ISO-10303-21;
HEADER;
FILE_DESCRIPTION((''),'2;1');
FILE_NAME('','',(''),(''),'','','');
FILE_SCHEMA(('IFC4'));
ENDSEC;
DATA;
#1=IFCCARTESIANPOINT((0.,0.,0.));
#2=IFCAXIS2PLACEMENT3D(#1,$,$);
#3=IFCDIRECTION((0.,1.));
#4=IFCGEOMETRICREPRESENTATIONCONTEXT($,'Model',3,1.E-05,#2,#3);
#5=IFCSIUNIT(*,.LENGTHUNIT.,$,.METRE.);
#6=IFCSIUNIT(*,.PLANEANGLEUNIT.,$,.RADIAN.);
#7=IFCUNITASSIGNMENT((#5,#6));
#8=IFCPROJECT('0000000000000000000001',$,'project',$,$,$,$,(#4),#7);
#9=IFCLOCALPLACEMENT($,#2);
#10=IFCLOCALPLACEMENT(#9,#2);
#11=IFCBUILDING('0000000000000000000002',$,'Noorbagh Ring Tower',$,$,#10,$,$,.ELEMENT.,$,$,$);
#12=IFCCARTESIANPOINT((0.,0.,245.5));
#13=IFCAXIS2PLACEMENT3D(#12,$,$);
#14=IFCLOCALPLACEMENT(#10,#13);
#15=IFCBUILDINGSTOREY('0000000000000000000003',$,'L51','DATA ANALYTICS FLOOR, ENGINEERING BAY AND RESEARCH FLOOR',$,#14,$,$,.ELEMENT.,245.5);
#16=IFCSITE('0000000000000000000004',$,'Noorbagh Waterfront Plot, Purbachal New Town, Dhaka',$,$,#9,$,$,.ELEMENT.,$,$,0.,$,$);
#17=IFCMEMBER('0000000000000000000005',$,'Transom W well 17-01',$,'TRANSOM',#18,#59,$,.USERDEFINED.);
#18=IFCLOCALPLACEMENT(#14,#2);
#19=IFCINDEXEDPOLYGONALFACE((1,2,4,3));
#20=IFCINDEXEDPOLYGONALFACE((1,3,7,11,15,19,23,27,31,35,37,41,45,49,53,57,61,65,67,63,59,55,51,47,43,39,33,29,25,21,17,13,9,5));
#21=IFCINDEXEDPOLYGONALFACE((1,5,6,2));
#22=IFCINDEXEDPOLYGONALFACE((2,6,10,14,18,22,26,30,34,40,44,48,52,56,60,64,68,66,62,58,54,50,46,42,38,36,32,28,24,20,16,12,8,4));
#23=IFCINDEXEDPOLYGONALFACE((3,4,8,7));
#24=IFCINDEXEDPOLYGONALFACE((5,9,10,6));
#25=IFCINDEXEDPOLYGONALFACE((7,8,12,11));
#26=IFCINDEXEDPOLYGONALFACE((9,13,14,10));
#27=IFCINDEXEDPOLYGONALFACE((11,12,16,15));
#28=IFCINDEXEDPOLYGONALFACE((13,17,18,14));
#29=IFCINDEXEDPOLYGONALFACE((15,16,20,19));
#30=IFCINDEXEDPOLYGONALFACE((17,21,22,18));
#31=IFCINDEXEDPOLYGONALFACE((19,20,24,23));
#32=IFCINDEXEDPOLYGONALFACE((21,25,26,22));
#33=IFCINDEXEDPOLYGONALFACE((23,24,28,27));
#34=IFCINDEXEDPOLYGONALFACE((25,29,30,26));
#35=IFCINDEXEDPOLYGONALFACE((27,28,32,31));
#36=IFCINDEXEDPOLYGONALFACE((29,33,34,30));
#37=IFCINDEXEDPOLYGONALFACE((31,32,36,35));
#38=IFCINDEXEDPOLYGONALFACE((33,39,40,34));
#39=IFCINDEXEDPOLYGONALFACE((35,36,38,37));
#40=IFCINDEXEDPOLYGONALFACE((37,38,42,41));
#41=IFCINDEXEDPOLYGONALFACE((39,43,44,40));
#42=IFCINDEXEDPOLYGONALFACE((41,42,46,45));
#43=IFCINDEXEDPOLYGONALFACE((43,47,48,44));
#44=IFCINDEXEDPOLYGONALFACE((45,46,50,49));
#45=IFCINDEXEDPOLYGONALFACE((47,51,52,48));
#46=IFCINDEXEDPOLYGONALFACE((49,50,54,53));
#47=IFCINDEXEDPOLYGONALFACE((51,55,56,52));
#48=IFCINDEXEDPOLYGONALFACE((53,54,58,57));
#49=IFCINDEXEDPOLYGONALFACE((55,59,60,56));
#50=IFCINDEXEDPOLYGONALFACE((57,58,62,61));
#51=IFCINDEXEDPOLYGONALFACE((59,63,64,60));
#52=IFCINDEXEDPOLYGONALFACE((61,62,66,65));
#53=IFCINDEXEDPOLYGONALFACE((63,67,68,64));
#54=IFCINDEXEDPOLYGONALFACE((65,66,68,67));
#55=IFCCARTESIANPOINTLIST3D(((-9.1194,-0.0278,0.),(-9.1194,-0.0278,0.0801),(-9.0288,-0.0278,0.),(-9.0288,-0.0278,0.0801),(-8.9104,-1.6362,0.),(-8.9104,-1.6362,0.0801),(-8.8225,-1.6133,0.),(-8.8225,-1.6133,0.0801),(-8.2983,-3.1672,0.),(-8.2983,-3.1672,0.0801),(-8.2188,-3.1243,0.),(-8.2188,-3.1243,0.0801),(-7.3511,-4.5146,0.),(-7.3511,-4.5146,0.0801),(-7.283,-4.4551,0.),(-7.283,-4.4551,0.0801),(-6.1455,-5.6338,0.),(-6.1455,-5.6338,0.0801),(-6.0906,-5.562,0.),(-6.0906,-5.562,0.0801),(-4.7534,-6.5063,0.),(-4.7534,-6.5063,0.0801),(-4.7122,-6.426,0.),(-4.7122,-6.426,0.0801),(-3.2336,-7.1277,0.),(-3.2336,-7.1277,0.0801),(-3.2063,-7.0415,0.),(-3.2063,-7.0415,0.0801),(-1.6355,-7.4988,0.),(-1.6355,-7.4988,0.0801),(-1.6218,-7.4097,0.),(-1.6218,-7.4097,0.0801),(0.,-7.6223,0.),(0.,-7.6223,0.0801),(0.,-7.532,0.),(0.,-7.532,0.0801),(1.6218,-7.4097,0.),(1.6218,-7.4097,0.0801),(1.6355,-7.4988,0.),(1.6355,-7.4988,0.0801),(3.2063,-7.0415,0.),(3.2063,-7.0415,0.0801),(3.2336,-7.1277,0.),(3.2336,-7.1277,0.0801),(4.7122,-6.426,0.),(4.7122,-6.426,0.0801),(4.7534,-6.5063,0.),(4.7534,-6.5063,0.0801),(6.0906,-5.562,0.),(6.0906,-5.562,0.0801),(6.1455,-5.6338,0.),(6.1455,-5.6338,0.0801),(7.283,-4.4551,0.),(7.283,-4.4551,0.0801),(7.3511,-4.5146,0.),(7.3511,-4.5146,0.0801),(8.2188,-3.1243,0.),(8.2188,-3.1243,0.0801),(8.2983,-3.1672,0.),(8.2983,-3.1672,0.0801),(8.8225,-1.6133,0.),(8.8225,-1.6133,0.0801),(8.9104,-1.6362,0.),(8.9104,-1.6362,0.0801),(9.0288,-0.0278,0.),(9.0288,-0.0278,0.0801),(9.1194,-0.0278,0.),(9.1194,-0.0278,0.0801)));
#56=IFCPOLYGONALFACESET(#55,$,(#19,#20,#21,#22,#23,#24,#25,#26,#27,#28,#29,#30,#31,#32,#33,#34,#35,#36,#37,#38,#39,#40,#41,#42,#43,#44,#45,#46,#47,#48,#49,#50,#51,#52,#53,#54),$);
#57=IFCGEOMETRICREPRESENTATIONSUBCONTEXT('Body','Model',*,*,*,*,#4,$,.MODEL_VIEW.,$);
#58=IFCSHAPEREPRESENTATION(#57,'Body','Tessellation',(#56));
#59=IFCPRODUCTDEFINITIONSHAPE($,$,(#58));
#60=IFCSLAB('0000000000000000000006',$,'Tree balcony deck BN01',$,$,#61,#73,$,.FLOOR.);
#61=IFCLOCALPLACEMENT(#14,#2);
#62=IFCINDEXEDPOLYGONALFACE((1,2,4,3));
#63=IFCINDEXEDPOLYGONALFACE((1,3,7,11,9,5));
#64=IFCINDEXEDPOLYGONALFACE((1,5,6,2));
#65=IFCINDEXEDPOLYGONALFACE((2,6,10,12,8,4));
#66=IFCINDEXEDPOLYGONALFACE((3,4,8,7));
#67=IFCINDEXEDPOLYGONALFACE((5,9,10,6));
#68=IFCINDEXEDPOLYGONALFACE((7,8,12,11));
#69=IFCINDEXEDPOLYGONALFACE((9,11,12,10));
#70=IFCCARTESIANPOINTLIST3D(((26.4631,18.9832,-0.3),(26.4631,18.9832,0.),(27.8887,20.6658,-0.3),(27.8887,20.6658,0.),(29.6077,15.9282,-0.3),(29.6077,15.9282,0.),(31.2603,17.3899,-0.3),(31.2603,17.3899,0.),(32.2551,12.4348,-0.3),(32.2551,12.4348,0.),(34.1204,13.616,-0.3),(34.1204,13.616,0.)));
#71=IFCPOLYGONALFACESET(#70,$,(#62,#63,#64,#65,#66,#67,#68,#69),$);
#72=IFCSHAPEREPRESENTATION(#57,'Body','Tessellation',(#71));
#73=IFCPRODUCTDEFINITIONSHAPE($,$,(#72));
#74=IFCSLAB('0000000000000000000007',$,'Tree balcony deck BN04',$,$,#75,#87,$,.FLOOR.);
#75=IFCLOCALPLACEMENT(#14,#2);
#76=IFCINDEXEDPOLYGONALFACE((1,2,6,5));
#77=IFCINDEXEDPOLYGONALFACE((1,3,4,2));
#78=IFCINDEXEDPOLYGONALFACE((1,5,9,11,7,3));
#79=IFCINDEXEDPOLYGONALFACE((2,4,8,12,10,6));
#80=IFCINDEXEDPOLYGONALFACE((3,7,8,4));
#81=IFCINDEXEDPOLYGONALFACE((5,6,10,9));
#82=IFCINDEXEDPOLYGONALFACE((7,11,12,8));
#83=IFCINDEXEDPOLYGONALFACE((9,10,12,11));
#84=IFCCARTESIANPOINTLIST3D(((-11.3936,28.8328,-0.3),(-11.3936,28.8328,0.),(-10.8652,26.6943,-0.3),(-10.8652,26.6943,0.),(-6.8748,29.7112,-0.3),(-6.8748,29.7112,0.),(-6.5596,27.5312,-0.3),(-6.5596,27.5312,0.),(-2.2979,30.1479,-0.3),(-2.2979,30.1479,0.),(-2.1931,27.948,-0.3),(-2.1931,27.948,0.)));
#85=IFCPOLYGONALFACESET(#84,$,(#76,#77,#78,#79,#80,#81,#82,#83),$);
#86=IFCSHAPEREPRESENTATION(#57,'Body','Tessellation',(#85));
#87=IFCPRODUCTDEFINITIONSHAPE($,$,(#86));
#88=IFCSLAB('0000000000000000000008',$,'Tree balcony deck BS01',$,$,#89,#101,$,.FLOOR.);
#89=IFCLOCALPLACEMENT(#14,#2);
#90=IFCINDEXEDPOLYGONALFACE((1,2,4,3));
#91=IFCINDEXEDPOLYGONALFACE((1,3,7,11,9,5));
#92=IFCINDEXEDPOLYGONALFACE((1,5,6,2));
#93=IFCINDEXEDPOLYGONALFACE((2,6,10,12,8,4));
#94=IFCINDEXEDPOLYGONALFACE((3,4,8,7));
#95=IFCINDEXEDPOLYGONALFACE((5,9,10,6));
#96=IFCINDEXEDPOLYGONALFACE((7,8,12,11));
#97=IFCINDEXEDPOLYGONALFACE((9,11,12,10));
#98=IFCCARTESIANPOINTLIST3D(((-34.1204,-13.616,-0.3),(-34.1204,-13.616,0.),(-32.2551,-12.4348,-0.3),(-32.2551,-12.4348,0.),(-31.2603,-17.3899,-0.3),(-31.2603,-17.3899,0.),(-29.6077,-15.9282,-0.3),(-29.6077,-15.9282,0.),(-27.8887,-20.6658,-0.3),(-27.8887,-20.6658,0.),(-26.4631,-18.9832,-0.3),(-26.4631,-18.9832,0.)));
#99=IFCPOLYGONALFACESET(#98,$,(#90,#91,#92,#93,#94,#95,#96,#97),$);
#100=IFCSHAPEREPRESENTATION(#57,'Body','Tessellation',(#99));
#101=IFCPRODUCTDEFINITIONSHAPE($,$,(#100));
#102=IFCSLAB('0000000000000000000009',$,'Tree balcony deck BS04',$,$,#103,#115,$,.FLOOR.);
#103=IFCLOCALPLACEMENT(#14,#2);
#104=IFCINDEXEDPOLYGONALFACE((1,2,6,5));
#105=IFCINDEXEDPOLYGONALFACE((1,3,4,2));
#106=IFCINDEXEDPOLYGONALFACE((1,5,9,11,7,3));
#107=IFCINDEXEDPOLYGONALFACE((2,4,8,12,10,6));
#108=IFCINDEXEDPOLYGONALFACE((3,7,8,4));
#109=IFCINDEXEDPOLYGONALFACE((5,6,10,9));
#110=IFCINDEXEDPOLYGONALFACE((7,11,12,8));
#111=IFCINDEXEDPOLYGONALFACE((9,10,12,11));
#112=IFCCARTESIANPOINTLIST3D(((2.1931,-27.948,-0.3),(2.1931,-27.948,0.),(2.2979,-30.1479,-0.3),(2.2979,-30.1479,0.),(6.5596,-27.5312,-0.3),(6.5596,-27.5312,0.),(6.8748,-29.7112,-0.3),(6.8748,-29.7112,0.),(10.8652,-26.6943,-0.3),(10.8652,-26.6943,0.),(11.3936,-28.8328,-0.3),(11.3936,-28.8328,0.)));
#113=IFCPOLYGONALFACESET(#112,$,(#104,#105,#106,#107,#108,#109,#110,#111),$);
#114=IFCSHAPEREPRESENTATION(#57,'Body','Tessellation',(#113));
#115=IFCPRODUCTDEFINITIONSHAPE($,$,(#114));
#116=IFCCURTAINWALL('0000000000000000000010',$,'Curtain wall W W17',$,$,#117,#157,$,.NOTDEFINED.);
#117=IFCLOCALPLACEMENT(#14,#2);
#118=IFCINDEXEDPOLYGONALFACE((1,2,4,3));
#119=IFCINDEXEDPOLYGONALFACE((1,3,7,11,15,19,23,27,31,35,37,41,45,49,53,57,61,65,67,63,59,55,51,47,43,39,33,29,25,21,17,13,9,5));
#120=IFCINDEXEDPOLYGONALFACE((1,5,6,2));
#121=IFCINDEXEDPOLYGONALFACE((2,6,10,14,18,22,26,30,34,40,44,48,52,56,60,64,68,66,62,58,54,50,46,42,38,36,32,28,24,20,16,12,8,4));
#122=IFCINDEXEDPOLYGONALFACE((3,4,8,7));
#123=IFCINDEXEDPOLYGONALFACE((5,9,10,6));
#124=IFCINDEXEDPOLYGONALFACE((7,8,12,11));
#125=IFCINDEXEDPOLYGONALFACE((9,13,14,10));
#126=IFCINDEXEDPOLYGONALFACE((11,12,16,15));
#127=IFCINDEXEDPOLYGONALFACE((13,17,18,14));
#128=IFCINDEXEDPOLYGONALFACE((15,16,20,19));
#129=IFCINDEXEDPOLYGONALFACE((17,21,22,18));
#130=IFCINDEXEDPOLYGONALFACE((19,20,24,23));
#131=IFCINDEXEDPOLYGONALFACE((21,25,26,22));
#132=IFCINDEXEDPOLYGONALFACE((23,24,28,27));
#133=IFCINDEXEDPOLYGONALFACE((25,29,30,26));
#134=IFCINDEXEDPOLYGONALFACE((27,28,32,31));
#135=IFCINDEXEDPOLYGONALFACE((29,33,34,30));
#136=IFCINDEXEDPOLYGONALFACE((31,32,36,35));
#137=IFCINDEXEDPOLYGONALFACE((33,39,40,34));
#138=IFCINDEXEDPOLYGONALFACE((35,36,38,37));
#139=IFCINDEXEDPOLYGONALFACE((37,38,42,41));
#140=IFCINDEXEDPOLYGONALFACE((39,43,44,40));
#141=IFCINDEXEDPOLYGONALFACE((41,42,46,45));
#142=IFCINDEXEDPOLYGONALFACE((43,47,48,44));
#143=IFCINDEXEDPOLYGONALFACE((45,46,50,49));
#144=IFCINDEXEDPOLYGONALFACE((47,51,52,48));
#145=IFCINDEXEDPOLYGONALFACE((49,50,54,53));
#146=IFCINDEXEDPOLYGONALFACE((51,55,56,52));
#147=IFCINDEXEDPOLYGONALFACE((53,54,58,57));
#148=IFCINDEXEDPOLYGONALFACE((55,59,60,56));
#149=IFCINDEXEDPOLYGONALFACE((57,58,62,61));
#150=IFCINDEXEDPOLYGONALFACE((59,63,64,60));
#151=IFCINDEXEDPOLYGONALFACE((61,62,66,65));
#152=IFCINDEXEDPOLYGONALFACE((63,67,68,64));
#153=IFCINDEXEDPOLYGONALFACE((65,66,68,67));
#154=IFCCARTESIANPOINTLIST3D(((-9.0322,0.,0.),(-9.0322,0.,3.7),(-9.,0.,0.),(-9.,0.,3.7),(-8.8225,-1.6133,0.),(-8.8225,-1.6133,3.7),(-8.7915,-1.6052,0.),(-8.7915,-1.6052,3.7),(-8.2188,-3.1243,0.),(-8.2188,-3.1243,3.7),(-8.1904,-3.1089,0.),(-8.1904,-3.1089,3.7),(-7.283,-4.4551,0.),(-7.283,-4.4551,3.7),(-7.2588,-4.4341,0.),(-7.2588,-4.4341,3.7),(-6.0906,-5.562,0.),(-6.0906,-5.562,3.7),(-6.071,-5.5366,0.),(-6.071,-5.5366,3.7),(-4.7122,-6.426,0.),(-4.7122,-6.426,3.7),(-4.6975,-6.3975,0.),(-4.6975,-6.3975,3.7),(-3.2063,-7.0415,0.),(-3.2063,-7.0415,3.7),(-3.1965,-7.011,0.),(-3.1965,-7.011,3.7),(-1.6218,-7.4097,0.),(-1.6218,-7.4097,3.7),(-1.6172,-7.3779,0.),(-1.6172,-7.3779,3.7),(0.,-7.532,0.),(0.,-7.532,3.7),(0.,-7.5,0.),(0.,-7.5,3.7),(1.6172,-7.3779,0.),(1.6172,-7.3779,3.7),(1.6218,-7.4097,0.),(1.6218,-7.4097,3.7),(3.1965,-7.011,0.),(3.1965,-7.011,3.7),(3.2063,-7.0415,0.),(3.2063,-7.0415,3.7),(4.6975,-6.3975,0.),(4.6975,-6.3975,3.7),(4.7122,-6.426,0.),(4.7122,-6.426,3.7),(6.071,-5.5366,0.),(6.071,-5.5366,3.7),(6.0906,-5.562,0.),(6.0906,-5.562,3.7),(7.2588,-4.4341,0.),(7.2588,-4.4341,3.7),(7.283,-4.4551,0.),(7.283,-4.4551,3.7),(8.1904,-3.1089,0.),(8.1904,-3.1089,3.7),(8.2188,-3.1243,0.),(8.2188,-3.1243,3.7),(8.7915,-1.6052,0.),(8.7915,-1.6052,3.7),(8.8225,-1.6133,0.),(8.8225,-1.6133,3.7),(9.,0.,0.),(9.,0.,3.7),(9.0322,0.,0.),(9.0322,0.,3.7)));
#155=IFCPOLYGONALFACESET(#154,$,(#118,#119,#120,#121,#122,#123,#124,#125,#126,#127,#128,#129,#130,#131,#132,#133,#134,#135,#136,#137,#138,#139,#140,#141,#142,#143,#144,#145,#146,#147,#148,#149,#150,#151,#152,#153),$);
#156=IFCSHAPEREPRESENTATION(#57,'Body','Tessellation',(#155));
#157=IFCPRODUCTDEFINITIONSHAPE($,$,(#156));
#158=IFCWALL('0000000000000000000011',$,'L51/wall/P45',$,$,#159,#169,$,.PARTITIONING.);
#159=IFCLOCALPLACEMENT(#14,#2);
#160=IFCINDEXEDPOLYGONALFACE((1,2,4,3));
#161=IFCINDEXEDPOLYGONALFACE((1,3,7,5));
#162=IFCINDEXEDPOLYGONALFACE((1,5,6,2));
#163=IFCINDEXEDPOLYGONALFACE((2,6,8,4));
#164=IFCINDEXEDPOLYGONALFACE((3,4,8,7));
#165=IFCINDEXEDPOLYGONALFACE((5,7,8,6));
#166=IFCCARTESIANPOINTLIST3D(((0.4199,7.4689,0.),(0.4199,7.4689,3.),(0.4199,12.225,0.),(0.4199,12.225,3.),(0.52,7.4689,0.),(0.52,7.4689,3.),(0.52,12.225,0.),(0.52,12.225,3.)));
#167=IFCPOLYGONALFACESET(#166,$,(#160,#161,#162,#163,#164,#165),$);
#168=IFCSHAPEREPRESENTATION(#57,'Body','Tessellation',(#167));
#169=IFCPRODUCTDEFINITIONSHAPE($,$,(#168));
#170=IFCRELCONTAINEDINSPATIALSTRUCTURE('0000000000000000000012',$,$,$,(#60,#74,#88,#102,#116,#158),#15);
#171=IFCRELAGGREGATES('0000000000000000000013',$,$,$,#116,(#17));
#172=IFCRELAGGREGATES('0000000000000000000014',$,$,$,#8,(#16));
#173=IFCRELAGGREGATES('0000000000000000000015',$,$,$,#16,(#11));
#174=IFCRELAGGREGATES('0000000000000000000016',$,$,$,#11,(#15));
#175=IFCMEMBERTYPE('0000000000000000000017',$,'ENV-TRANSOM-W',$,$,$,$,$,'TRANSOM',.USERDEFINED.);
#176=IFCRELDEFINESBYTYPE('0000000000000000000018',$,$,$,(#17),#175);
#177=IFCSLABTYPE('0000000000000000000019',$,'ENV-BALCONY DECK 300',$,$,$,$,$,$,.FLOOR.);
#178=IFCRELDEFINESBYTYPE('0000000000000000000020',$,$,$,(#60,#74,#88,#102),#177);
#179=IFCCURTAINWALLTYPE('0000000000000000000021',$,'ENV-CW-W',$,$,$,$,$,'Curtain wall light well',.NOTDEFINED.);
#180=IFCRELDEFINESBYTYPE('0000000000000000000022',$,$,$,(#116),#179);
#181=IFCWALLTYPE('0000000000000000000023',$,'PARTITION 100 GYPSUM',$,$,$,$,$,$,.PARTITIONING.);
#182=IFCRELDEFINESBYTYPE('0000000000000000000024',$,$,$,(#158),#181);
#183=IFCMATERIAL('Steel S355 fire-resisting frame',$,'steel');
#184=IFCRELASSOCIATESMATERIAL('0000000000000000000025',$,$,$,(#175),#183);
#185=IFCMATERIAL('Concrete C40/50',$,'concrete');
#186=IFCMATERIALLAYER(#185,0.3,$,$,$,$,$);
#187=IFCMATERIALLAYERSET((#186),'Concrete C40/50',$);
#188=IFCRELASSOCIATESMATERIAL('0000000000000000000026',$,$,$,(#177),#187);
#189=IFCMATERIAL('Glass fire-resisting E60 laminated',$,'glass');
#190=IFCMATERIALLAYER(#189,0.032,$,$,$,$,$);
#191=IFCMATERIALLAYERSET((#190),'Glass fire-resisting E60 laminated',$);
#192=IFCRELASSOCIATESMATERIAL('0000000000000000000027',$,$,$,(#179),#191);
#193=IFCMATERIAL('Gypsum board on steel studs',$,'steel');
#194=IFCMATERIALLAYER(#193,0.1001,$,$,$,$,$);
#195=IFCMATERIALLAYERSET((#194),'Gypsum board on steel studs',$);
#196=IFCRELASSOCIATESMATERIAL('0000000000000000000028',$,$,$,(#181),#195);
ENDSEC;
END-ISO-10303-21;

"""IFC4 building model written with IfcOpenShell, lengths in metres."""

from ifc_helpers import new_model, si_unit, direction, frame, frame_2d, origin, place, context, subcontext, project, spatial, polyline, rectangle, outline, extrude, material, layer, layer_set, type_object, element, aggregate, save


model = new_model("IFC4")

# Units and contexts
model_context = context("Model", 3, precision=1e-05, world=origin(), true_north=direction((0.0, 1.0)))
body_context = subcontext(model_context, "Body", "Model", "MODEL_VIEW")
ifc_project = project(units=[si_unit("LENGTHUNIT", "METRE"), si_unit("PLANEANGLEUNIT", "RADIAN")], contexts=[model_context])

# Member
site_placement = place(None, origin())
building_placement = place(site_placement, origin())
storey_placement = place(building_placement, frame((0.0, 0.0, 245.5)))
ifc_material_1 = material(Name="Steel S355 fire-resisting frame", Category="steel")
member_type_1 = type_object("IfcMemberType", Name="ENV-TRANSOM-W", ElementType="TRANSOM", PredefinedType="USERDEFINED", material=ifc_material_1)
member_1_placement = place(storey_placement, origin())
member_1 = element("IfcMember", 1, at=member_1_placement, type_object=member_type_1, Name="Transom W well 17-01", ObjectType="TRANSOM", PredefinedType="USERDEFINED", context=body_context, shape_type="SweptSolid", body=[
    extrude(outline(polyline([(-9.1194, -0.0278), (-8.9104, -1.6362), (-8.2983, -3.1672), (-7.3511, -4.5146), (-6.1455, -5.6338), (-4.7534, -6.5063), (-3.2336, -7.1277), (-1.6355, -7.4988), (0.0, -7.6223), (1.6355, -7.4988), (3.2336, -7.1277), (4.7534, -6.5063), (6.1455, -5.6338), (7.3511, -4.5146), (8.2983, -3.1672), (8.9104, -1.6362), (9.1194, -0.0278), (9.0288, -0.0278), (8.8225, -1.6133), (8.2188, -3.1243), (7.283, -4.4551), (6.0906, -5.562), (4.7122, -6.426), (3.2063, -7.0415), (1.6218, -7.4097), (0.0, -7.532), (-1.6218, -7.4097), (-3.2063, -7.0415), (-4.7122, -6.426), (-6.0906, -5.562), (-7.283, -4.4551), (-8.2188, -3.1243), (-8.8225, -1.6133), (-9.0288, -0.0278), (-9.1194, -0.0278)])), origin(), (0.0, 0.0, 1.0), 0.0801),
])

# Site, building, storey
site = spatial("IfcSite", under=ifc_project, at=site_placement, Name="Noorbagh Waterfront Plot, Purbachal New Town, Dhaka", CompositionType="ELEMENT", RefElevation=0.0)
building = spatial("IfcBuilding", under=site, at=building_placement, Name="Noorbagh Ring Tower", CompositionType="ELEMENT")
storey = spatial("IfcBuildingStorey", under=building, at=storey_placement, Name="L51", Description="DATA ANALYTICS FLOOR, ENGINEERING BAY AND RESEARCH FLOOR", CompositionType="ELEMENT", Elevation=245.5)

# Slabs
ifc_material_2 = material(Name="Concrete C40/50", Category="concrete")
ifc_layer_1 = layer(ifc_material_2, 0.3)
ifc_layer_set_1 = layer_set([ifc_layer_1], Name="Concrete C40/50")
slab_type = type_object("IfcSlabType", Name="ENV-BALCONY DECK 300", PredefinedType="FLOOR", material=ifc_layer_set_1)
slab_1_placement = place(storey_placement, frame((0.0, 0.0, -0.3)))
element("IfcSlab", 2, at=slab_1_placement, inside=storey, type_object=slab_type, Name="Tree balcony deck BN01", PredefinedType="FLOOR", context=body_context, shape_type="SweptSolid", body=[
    extrude(outline(polyline([(34.1204, 13.616), (31.2603, 17.3899), (27.8887, 20.6658), (26.4631, 18.9832), (29.6077, 15.9282), (32.2551, 12.4348), (34.1204, 13.616)])), origin(), (0.0, 0.0, 1.0), 0.3),
])
slab_2_placement = place(storey_placement, frame((0.0, 0.0, -0.3)))
element("IfcSlab", 3, at=slab_2_placement, inside=storey, type_object=slab_type, Name="Tree balcony deck BN04", PredefinedType="FLOOR", context=body_context, shape_type="SweptSolid", body=[
    extrude(outline(polyline([(-2.2979, 30.1479), (-6.8748, 29.7112), (-11.3936, 28.8328), (-10.8652, 26.6943), (-6.5596, 27.5312), (-2.1931, 27.948), (-2.2979, 30.1479)])), origin(), (0.0, 0.0, 1.0), 0.3),
])
slab_3_placement = place(storey_placement, frame((0.0, 0.0, -0.3)))
element("IfcSlab", 4, at=slab_3_placement, inside=storey, type_object=slab_type, Name="Tree balcony deck BS01", PredefinedType="FLOOR", context=body_context, shape_type="SweptSolid", body=[
    extrude(outline(polyline([(-34.1204, -13.616), (-31.2603, -17.3899), (-27.8887, -20.6658), (-26.4631, -18.9832), (-29.6077, -15.9282), (-32.2551, -12.4348), (-34.1204, -13.616)])), origin(), (0.0, 0.0, 1.0), 0.3),
])
slab_4_placement = place(storey_placement, frame((0.0, 0.0, -0.3)))
element("IfcSlab", 5, at=slab_4_placement, inside=storey, type_object=slab_type, Name="Tree balcony deck BS04", PredefinedType="FLOOR", context=body_context, shape_type="SweptSolid", body=[
    extrude(outline(polyline([(2.2979, -30.1479), (6.8748, -29.7112), (11.3936, -28.8328), (10.8652, -26.6943), (6.5596, -27.5312), (2.1931, -27.948), (2.2979, -30.1479)])), origin(), (0.0, 0.0, 1.0), 0.3),
])

# Curtain wall
ifc_material_3 = material(Name="Glass fire-resisting E60 laminated", Category="glass")
ifc_layer_2 = layer(ifc_material_3, 0.032)
ifc_layer_set_2 = layer_set([ifc_layer_2], Name="Glass fire-resisting E60 laminated")
curtain_wall_type_1 = type_object("IfcCurtainWallType", Name="ENV-CW-W", ElementType="Curtain wall light well", PredefinedType="NOTDEFINED", material=ifc_layer_set_2)
curtain_wall_1_placement = place(storey_placement, origin())
curtain_wall_1 = element("IfcCurtainWall", 6, at=curtain_wall_1_placement, inside=storey, type_object=curtain_wall_type_1, Name="Curtain wall W W17", PredefinedType="NOTDEFINED", context=body_context, shape_type="SweptSolid", body=[
    extrude(outline(polyline([(-9.0322, 0.0), (-8.8225, -1.6133), (-8.2188, -3.1243), (-7.283, -4.4551), (-6.0906, -5.562), (-4.7122, -6.426), (-3.2063, -7.0415), (-1.6218, -7.4097), (0.0, -7.532), (1.6218, -7.4097), (3.2063, -7.0415), (4.7122, -6.426), (6.0906, -5.562), (7.283, -4.4551), (8.2188, -3.1243), (8.8225, -1.6133), (9.0322, 0.0), (9.0, 0.0), (8.7915, -1.6052), (8.1904, -3.1089), (7.2588, -4.4341), (6.071, -5.5366), (4.6975, -6.3975), (3.1965, -7.011), (1.6172, -7.3779), (0.0, -7.5), (-1.6172, -7.3779), (-3.1965, -7.011), (-4.6975, -6.3975), (-6.071, -5.5366), (-7.2588, -4.4341), (-8.1904, -3.1089), (-8.7915, -1.6052), (-9.0, 0.0), (-9.0322, 0.0)])), origin(), (0.0, 0.0, 1.0), 3.7),
])
aggregate(curtain_wall_1, [member_1])

# Wall
ifc_material_4 = material(Name="Gypsum board on steel studs", Category="steel")
ifc_layer_3 = layer(ifc_material_4, 0.1001)
ifc_layer_set_3 = layer_set([ifc_layer_3], Name="Gypsum board on steel studs")
wall_type = type_object("IfcWallType", Name="PARTITION 100 GYPSUM", PredefinedType="PARTITIONING", material=ifc_layer_set_3)
wall_placement = place(storey_placement, frame((0.47, 7.469, 0.0), z_axis=(0.0, 0.0, 1.0), x_axis=(0.0, 1.0, 0.0)))
element("IfcWall", 7, at=wall_placement, inside=storey, type_object=wall_type, Name="L51/wall/P45", PredefinedType="PARTITIONING", context=body_context, shape_type="SweptSolid", body=[
    extrude(rectangle(XDim=4.7561, YDim=0.1001, at=frame_2d((2.3779, 0.0))), origin(), (0.0, 0.0, 1.0), 3.0),
])

save(model, "model.ifc")
